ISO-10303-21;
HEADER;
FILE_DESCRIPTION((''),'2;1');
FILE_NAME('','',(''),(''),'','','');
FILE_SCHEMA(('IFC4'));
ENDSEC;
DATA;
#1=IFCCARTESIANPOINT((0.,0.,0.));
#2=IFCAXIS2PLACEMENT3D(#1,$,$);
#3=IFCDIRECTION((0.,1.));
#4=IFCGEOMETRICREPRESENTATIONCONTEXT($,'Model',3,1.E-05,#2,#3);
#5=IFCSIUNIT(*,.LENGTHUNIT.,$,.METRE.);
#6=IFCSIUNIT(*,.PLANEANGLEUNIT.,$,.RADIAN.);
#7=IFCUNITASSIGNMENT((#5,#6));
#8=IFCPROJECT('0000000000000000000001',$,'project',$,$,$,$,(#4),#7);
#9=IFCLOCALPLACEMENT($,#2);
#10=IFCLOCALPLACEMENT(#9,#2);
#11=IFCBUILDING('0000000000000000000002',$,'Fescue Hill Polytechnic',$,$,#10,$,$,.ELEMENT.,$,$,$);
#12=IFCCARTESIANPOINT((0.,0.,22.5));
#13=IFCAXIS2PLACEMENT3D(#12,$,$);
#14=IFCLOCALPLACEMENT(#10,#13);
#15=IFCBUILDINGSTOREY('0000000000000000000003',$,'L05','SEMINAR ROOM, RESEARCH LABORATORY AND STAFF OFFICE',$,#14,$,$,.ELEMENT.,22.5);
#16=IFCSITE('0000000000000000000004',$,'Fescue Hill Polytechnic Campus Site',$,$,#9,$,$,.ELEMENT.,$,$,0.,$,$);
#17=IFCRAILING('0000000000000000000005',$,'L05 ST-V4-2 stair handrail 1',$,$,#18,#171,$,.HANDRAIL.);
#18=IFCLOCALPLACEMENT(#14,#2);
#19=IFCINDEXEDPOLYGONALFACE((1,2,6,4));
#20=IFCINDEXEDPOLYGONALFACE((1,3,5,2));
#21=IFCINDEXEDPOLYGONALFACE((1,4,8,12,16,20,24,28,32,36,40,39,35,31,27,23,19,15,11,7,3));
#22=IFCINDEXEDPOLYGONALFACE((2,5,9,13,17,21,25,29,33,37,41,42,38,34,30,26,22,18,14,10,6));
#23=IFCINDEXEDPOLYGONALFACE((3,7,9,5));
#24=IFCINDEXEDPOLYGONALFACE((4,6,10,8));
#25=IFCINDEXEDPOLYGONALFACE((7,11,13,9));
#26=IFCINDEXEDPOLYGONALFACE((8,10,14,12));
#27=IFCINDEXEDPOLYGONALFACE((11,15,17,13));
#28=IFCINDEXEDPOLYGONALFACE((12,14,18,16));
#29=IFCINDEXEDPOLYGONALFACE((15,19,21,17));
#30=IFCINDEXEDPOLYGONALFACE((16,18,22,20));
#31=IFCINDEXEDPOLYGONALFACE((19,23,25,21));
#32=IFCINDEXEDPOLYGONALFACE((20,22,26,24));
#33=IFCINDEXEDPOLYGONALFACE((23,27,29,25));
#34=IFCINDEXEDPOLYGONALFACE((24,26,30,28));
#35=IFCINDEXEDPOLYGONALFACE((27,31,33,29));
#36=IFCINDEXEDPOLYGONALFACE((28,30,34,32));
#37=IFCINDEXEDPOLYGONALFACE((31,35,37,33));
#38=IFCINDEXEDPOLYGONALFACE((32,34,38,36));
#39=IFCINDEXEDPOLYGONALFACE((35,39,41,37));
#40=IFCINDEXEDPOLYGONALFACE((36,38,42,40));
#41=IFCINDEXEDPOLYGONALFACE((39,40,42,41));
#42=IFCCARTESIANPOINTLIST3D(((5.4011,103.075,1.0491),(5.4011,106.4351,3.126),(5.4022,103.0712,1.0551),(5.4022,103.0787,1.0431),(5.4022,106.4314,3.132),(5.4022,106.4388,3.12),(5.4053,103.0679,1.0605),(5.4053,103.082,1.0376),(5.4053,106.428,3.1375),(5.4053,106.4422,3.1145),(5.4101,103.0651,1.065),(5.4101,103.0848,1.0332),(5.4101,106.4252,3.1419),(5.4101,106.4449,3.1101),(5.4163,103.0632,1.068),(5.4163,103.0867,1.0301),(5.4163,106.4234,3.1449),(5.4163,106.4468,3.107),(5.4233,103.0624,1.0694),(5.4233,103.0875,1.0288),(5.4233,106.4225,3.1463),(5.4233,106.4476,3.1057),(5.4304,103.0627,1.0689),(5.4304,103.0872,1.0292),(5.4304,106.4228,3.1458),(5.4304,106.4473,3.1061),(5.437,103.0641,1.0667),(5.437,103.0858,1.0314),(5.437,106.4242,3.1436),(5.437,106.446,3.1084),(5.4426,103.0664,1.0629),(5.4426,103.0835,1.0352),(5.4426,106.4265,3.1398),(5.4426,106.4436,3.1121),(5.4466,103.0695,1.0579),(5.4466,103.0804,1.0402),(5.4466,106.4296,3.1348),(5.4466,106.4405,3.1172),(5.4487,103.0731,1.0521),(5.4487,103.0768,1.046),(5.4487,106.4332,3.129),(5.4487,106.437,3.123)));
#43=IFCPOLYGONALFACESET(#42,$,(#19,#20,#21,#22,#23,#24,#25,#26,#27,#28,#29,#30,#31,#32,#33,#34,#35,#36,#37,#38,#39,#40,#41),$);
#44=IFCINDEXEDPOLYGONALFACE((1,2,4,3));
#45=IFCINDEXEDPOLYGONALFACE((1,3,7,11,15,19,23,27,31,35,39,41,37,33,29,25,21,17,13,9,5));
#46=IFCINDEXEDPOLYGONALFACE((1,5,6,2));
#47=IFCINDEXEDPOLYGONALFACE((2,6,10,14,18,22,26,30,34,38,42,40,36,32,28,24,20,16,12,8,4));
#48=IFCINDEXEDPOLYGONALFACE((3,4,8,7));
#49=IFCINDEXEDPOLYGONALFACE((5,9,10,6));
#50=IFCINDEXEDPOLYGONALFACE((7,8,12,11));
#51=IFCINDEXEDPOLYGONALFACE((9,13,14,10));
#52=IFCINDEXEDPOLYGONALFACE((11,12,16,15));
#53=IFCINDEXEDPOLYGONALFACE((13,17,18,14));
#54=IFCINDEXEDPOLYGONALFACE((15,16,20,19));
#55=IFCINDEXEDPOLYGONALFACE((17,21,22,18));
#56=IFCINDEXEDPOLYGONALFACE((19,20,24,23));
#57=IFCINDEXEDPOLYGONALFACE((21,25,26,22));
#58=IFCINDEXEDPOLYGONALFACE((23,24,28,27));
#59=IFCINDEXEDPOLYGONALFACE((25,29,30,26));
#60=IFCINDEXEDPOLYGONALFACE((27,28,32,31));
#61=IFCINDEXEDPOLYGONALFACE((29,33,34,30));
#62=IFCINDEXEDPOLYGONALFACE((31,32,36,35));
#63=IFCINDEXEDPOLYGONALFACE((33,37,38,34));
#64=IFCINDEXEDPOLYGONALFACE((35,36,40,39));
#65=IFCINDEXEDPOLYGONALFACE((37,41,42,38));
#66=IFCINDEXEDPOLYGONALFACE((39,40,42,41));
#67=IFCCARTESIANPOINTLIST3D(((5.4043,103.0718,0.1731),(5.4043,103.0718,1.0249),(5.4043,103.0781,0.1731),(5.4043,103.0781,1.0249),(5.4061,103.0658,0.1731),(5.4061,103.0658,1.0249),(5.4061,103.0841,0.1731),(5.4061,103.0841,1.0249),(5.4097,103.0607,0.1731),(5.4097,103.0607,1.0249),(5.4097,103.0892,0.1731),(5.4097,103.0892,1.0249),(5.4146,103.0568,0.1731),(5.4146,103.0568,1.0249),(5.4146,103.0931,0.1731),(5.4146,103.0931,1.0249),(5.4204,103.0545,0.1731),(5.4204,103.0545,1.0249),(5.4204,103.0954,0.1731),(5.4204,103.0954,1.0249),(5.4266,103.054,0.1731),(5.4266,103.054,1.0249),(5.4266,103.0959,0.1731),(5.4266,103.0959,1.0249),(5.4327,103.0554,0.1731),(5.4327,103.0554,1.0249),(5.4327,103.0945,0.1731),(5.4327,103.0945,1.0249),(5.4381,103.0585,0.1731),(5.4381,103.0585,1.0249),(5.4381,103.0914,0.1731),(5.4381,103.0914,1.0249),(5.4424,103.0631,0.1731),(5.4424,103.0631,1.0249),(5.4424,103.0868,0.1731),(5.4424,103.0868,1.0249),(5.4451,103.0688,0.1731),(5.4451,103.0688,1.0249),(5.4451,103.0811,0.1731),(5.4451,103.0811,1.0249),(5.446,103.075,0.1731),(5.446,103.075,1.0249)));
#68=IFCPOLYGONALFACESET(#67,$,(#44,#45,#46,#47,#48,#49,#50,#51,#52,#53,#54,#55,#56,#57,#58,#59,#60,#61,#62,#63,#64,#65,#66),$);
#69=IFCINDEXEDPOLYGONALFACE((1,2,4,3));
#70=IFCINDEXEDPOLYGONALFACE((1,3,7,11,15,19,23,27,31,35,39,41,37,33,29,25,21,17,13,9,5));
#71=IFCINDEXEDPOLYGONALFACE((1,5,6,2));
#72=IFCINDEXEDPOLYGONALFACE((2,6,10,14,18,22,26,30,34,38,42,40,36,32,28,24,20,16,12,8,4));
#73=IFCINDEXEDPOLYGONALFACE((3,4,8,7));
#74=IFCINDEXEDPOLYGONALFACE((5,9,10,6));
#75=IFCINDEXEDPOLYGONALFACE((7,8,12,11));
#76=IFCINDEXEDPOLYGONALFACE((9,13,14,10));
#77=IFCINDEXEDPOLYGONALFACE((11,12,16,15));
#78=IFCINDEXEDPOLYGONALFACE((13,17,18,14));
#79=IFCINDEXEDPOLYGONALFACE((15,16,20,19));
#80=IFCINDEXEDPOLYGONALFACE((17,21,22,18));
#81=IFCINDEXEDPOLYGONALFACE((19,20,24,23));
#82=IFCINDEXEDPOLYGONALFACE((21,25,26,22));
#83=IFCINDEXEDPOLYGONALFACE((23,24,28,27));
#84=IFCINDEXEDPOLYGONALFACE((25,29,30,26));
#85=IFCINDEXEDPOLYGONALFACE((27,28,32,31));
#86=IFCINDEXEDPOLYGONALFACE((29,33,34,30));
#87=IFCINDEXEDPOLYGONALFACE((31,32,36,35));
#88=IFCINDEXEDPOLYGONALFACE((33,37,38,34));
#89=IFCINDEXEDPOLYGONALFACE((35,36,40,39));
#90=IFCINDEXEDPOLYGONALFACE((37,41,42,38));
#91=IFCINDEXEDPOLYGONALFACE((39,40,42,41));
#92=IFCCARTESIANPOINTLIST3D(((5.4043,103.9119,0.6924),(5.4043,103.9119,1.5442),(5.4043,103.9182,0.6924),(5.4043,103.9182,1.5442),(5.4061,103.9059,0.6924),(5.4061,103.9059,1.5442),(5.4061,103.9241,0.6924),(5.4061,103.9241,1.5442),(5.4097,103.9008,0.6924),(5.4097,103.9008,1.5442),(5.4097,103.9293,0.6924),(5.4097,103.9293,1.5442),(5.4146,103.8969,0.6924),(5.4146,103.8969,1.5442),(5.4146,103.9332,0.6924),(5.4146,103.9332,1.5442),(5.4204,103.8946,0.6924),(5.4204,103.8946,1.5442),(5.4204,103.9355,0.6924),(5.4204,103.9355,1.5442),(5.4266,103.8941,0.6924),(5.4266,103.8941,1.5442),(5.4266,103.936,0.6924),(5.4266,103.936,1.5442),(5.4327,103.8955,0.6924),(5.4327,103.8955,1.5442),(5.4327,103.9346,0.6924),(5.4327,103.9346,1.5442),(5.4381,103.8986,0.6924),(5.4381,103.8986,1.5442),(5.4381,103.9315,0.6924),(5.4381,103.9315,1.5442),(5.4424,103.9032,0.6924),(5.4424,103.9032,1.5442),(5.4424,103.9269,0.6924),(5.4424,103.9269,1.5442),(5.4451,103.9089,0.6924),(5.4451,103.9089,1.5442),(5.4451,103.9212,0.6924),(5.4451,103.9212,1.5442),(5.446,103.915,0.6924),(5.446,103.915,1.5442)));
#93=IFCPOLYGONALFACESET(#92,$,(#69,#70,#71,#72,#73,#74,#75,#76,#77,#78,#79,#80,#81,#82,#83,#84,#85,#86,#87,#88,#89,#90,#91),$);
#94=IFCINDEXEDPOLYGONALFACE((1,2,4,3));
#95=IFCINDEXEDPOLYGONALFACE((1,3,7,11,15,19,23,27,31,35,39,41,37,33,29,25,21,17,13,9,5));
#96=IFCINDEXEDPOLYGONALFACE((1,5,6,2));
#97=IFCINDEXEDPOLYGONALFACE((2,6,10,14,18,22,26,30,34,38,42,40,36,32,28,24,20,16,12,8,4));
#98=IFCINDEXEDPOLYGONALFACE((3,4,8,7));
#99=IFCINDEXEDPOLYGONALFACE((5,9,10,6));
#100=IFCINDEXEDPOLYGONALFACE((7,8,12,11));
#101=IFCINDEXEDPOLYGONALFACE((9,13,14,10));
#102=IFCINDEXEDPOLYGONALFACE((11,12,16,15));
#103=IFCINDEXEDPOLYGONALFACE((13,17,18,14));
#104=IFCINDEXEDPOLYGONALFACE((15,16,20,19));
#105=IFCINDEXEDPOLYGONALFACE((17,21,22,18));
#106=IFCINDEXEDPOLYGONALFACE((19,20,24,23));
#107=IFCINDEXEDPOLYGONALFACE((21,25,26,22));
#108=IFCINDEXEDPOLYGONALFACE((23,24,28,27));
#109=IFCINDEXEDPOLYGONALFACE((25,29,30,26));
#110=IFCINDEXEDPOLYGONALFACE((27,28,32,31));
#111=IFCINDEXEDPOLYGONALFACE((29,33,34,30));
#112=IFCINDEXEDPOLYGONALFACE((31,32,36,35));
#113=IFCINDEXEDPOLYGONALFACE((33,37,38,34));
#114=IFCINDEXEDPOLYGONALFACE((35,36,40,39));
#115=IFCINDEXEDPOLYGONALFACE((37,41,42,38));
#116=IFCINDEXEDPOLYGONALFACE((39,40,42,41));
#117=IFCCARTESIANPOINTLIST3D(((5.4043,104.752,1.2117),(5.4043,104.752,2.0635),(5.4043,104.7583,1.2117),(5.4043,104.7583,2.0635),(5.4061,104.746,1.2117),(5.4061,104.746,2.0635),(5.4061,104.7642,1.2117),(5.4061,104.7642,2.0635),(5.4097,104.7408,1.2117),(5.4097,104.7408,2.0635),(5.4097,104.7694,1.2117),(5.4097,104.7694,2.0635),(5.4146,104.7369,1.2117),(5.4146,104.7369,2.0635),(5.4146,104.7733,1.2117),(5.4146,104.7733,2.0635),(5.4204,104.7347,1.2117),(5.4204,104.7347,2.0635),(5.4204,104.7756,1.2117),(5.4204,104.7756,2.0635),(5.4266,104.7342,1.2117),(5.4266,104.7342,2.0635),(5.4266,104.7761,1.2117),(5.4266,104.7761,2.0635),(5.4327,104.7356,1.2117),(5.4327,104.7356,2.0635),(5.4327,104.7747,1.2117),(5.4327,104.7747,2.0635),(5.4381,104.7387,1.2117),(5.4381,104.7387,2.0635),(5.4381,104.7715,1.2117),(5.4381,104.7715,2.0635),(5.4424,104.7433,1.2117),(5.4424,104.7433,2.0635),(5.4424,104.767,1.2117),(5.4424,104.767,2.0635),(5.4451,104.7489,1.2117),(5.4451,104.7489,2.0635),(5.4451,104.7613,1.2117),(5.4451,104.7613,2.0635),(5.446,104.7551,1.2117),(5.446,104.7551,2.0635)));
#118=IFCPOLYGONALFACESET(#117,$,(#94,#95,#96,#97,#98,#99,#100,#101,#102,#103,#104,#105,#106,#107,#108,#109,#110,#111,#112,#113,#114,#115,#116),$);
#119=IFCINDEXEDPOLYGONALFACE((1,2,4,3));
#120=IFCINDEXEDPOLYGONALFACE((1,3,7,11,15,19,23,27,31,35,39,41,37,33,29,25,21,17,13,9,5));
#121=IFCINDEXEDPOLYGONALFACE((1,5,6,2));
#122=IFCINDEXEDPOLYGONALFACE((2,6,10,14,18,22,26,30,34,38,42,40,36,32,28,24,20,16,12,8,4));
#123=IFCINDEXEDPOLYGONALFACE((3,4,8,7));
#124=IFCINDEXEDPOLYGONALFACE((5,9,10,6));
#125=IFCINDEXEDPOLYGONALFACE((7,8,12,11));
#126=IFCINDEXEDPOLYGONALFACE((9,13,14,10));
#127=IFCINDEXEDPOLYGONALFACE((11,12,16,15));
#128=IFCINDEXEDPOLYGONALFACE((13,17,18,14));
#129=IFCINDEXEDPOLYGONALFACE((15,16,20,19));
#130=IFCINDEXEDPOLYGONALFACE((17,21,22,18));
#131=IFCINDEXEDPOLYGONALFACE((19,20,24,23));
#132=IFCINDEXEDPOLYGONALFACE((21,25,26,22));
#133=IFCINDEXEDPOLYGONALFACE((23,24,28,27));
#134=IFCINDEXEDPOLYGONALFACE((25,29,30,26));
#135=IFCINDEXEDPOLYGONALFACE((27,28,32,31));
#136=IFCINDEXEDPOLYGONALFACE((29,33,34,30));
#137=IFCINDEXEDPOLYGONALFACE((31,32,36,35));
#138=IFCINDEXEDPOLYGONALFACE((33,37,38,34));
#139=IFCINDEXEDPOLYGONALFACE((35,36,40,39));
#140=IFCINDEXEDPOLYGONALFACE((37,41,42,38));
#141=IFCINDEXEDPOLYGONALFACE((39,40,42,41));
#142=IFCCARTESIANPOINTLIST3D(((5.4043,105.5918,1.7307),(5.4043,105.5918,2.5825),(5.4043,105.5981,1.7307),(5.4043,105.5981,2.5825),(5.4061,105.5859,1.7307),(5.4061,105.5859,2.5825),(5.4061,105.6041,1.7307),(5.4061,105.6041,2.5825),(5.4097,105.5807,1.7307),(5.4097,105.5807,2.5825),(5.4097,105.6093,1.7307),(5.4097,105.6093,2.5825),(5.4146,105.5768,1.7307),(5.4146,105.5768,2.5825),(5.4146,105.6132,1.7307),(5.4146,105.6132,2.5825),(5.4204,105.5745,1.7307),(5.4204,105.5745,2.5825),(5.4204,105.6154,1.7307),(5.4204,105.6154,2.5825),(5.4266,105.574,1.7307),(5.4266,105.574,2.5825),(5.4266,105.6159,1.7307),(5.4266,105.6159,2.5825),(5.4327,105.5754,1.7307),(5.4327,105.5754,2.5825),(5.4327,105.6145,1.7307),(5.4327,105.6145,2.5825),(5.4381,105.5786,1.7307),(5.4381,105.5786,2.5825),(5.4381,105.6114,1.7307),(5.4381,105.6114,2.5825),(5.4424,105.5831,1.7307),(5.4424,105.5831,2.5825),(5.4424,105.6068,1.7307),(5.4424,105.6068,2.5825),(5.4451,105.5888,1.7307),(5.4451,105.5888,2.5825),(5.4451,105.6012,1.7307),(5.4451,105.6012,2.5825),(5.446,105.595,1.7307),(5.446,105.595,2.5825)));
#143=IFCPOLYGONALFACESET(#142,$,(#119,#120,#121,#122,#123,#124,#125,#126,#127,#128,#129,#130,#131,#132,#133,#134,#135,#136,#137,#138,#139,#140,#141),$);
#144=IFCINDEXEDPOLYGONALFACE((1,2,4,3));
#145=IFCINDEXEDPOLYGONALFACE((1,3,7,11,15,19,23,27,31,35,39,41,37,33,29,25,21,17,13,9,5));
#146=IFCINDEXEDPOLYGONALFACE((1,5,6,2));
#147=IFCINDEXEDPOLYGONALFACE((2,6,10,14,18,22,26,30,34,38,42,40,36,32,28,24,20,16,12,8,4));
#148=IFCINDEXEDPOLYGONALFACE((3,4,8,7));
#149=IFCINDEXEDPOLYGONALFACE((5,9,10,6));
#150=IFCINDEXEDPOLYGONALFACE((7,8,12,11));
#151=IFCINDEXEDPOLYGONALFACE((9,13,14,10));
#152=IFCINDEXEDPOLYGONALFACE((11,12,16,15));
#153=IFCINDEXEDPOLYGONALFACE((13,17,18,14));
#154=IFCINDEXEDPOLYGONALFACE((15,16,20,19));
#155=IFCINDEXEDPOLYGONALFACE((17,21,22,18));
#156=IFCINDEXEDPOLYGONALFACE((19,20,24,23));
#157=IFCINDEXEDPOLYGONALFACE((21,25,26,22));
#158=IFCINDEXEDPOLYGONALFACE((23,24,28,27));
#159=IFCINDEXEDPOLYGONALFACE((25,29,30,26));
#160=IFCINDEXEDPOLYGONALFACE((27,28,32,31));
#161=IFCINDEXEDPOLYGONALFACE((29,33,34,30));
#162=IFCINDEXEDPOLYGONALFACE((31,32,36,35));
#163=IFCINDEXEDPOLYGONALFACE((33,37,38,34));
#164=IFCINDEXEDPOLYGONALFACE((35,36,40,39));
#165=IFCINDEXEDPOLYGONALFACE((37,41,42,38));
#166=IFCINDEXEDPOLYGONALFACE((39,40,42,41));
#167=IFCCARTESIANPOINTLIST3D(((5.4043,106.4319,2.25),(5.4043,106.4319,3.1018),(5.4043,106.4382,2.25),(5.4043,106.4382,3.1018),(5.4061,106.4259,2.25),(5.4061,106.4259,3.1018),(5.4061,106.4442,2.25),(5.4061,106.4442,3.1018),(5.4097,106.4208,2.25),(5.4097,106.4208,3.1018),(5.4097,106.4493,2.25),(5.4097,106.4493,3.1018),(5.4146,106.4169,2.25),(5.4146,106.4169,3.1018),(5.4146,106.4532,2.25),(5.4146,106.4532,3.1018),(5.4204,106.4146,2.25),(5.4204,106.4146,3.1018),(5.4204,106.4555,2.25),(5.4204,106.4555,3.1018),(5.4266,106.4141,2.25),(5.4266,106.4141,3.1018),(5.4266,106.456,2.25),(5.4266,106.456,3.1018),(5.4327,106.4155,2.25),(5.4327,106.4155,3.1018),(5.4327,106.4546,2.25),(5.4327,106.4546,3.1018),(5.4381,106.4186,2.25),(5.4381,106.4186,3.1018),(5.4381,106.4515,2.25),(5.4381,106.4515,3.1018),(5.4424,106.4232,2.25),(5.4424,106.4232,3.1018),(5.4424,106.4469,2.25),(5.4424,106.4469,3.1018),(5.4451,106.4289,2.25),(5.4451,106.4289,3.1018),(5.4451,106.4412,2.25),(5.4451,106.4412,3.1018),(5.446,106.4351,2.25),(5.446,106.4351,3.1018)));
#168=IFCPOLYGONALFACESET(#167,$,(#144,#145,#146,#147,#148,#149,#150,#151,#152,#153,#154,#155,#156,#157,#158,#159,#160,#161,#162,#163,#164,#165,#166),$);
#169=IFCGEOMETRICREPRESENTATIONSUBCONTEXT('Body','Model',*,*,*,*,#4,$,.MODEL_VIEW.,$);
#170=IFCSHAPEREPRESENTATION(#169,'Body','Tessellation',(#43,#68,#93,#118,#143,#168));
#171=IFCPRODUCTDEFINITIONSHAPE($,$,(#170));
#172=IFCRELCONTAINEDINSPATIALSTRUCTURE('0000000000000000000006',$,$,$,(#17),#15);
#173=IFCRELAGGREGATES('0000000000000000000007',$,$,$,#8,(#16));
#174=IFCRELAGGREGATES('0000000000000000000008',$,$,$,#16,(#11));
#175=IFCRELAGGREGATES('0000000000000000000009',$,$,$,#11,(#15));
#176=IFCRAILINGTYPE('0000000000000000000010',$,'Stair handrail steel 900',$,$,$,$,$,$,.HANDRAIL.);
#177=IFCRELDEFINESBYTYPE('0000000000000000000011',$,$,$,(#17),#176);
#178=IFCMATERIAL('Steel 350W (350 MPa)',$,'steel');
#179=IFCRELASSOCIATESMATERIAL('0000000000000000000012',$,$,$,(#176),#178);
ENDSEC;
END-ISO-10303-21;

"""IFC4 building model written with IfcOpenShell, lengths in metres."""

from ifc_helpers import new_model, si_unit, direction, frame, origin, origin_2d, place, context, subcontext, project, spatial, circle, extrude, material, type_object, element, save


model = new_model("IFC4")

# Units and contexts
model_context = context("Model", 3, precision=1e-05, world=origin(), true_north=direction((0.0, 1.0)))
body_context = subcontext(model_context, "Body", "Model", "MODEL_VIEW")
ifc_project = project(units=[si_unit("LENGTHUNIT", "METRE"), si_unit("PLANEANGLEUNIT", "RADIAN")], contexts=[model_context])

# Site, building, storey
site_placement = place(None, origin())
site = spatial("IfcSite", under=ifc_project, at=site_placement, Name="Fescue Hill Polytechnic Campus Site", CompositionType="ELEMENT", RefElevation=0.0)
building_placement = place(site_placement, origin())
building = spatial("IfcBuilding", under=site, at=building_placement, Name="Fescue Hill Polytechnic", CompositionType="ELEMENT")
storey_placement = place(building_placement, frame((0.0, 0.0, 22.5)))
storey = spatial("IfcBuildingStorey", under=building, at=storey_placement, Name="L05", Description="SEMINAR ROOM, RESEARCH LABORATORY AND STAFF OFFICE", CompositionType="ELEMENT", Elevation=22.5)

# Railing
ifc_material_1 = material(Name="Steel 350W (350 MPa)", Category="steel")
railing_type_1 = type_object("IfcRailingType", Name="Stair handrail steel 900", PredefinedType="HANDRAIL", material=ifc_material_1)
for number, where, name in (
    (1, (5.425, 103.075, 0.1731), "L05 ST-V4-2 stair handrail 1"),
):
    element("IfcRailing", number, at=place(storey_placement, frame(where)), inside=storey, type_object=railing_type_1, Name=name, PredefinedType="HANDRAIL", context=body_context, shape_type="SweptSolid", body=[
        extrude(circle(Radius=0.0239, at=origin_2d()), frame((0.0, 0.0, 0.876), z_axis=(0.0, 0.850623, 0.525776), x_axis=(-1.0, 0.0, 0.0)), (0.0, 0.0, 1.0), 3.9502),
        extrude(circle(Radius=0.021, at=origin_2d()), origin(), (0.0, 0.0, 1.0), 0.8518),
        extrude(circle(Radius=0.021, at=origin_2d()), frame((0.0, 0.8401, 0.5193)), (0.0, 0.0, 1.0), 0.8518),
        extrude(circle(Radius=0.021, at=origin_2d()), frame((0.0, 1.6802, 1.0386)), (0.0, 0.0, 1.0), 0.8518),
        extrude(circle(Radius=0.021, at=origin_2d()), frame((0.0, 2.52, 1.5576)), (0.0, 0.0, 1.0), 0.8518),
        extrude(circle(Radius=0.021, at=origin_2d()), frame((0.0, 3.3601, 2.0769)), (0.0, 0.0, 1.0), 0.8518),
    ])

save(model, "model.ifc")
